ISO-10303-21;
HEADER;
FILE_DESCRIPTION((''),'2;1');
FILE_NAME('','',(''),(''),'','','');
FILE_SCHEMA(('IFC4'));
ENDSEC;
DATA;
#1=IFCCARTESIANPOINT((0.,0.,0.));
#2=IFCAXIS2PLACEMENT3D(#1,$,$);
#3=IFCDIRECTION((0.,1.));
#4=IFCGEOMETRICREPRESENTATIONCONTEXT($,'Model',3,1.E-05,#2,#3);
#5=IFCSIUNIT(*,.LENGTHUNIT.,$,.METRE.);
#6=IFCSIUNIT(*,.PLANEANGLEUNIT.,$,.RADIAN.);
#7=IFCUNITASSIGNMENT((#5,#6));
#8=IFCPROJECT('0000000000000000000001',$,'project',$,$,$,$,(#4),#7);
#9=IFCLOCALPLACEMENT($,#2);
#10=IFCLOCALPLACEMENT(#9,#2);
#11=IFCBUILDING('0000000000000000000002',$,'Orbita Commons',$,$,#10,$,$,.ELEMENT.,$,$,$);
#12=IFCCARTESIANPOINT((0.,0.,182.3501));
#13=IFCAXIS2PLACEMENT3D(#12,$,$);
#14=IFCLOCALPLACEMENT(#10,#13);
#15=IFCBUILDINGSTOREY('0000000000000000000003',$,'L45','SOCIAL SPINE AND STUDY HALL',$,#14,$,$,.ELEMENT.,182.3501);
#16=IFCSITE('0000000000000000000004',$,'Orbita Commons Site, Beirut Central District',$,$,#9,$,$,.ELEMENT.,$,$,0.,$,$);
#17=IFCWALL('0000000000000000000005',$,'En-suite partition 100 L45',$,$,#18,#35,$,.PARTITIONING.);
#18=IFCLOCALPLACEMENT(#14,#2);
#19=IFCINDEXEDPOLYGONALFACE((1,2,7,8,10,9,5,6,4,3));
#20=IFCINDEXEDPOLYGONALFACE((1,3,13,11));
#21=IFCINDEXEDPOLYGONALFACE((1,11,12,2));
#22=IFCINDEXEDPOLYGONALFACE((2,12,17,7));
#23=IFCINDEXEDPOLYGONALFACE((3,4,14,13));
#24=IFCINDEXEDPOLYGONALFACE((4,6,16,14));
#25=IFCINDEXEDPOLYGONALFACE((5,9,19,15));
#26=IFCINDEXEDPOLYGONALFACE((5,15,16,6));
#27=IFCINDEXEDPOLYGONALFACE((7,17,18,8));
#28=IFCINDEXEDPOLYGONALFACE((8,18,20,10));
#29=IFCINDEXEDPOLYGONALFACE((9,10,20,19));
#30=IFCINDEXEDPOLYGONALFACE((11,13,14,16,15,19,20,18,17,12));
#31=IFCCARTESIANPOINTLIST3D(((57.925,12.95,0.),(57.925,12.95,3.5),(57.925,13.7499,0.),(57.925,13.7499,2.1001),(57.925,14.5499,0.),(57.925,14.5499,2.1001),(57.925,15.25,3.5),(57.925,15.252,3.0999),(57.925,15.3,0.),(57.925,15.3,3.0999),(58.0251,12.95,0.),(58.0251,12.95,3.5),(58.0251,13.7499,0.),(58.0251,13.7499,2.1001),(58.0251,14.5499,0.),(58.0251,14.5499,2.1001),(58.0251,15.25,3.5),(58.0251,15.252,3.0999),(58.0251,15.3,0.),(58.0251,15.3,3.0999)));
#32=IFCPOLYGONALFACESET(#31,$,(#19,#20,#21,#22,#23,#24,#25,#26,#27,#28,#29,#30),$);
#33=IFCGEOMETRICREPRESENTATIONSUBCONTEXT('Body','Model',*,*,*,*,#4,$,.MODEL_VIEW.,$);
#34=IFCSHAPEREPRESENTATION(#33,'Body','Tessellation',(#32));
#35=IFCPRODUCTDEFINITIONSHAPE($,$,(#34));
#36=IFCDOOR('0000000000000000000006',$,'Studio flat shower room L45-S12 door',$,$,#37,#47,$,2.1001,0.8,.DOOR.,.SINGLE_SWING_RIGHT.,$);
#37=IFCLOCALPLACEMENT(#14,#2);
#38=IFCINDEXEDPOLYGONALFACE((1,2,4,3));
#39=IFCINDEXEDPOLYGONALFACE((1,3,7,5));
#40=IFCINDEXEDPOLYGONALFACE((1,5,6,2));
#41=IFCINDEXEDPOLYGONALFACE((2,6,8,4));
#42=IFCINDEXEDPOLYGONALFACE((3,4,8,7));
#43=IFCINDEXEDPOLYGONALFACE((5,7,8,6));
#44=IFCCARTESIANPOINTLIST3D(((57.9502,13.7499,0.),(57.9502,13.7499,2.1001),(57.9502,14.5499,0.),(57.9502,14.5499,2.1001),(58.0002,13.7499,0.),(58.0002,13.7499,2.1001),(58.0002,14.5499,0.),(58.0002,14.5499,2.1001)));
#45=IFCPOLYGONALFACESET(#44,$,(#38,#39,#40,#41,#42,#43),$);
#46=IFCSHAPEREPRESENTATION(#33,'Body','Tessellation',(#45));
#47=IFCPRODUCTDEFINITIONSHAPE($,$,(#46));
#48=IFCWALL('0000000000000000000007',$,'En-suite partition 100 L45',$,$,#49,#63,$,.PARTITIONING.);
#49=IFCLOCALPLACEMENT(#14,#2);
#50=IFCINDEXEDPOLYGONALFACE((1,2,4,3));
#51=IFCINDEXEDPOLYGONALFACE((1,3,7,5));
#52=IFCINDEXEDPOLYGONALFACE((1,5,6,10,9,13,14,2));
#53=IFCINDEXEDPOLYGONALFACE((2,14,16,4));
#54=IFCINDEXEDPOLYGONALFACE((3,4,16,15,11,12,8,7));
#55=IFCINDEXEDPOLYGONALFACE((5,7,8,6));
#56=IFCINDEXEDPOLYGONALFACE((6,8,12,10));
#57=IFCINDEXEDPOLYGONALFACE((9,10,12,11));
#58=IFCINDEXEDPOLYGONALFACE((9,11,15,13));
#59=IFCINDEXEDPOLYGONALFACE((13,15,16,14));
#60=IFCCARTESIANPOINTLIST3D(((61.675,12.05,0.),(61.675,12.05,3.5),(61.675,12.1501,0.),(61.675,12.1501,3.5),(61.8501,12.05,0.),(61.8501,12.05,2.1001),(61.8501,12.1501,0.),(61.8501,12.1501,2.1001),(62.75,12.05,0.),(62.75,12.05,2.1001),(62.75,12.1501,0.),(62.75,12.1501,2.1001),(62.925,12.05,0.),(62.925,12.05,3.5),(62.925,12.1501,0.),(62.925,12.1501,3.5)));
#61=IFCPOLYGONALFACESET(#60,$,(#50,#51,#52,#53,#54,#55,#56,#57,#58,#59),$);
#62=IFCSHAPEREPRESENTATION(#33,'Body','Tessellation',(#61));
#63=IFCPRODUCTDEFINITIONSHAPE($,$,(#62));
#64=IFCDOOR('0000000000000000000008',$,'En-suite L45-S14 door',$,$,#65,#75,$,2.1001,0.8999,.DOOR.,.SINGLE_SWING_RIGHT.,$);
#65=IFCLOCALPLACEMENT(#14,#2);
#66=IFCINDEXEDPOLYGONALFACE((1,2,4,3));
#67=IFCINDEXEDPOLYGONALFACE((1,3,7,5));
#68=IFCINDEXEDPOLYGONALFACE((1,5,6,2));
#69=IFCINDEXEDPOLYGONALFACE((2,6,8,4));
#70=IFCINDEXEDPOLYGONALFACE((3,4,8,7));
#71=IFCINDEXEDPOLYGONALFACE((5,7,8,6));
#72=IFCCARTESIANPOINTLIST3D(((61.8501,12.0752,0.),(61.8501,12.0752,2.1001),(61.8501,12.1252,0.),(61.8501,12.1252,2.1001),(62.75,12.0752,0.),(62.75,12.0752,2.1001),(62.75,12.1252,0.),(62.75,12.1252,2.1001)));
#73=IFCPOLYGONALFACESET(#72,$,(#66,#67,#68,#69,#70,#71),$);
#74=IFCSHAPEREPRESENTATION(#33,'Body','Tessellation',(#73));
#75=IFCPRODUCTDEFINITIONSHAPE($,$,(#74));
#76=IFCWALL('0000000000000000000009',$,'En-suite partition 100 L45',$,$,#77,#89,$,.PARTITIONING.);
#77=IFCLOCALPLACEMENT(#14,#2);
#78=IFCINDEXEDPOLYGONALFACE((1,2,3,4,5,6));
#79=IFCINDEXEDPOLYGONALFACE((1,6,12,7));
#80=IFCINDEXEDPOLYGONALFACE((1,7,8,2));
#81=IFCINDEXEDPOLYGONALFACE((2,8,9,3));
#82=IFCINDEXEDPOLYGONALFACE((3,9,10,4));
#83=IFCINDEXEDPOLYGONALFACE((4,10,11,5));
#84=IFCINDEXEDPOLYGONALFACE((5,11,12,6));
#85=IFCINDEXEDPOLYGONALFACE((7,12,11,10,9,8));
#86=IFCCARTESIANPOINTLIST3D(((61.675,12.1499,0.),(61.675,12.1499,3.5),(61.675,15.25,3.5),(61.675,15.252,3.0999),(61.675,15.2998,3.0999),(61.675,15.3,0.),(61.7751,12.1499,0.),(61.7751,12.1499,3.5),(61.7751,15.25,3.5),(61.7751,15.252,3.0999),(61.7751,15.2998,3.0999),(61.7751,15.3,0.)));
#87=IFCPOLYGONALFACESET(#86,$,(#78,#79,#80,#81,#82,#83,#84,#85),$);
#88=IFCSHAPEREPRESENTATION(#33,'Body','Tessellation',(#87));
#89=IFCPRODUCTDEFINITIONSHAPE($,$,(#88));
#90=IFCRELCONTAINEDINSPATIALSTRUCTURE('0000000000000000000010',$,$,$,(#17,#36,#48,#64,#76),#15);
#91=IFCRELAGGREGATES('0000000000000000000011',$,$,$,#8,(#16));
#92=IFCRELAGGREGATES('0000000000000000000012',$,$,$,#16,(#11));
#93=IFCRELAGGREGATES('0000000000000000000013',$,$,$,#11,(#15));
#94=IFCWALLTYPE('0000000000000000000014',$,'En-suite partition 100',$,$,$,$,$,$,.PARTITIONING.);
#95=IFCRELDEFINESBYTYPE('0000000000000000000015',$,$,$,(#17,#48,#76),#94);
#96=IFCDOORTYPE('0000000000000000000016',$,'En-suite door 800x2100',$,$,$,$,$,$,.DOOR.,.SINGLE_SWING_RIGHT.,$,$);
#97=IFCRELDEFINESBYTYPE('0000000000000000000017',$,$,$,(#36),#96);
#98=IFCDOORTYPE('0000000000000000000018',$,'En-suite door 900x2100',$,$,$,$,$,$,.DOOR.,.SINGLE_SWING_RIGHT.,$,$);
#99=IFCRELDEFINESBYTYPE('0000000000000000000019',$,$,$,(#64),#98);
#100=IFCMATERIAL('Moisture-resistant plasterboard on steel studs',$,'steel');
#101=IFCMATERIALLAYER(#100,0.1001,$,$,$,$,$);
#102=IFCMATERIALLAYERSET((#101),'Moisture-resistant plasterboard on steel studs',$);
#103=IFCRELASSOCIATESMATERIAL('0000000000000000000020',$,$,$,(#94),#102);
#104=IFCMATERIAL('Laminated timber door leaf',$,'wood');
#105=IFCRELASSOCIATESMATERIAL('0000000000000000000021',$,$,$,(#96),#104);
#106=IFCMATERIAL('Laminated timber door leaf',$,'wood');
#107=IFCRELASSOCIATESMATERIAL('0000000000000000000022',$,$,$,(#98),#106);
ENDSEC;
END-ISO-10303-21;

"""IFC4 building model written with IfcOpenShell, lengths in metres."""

from ifc_helpers import new_model, si_unit, direction, frame, frame_2d, origin, place, context, subcontext, project, spatial, polyline, rectangle, outline, extrude, material, layer, layer_set, type_object, element, fill, save


model = new_model("IFC4")

# Units and contexts
model_context = context("Model", 3, precision=1e-05, world=origin(), true_north=direction((0.0, 1.0)))
body_context = subcontext(model_context, "Body", "Model", "MODEL_VIEW")
ifc_project = project(units=[si_unit("LENGTHUNIT", "METRE"), si_unit("PLANEANGLEUNIT", "RADIAN")], contexts=[model_context])

# Site, building, storey
site_placement = place(None, origin())
site = spatial("IfcSite", under=ifc_project, at=site_placement, Name="Orbita Commons Site, Beirut Central District", CompositionType="ELEMENT", RefElevation=0.0)
building_placement = place(site_placement, origin())
building = spatial("IfcBuilding", under=site, at=building_placement, Name="Orbita Commons", CompositionType="ELEMENT")
storey_placement = place(building_placement, frame((0.0, 0.0, 182.3501)))
storey = spatial("IfcBuildingStorey", under=building, at=storey_placement, Name="L45", Description="SOCIAL SPINE AND STUDY HALL", CompositionType="ELEMENT", Elevation=182.3501)

# Walls, openings, doors
ifc_material_1 = material(Name="Moisture-resistant plasterboard on steel studs", Category="steel")
ifc_layer_1 = layer(ifc_material_1, 0.1001)
ifc_layer_set_1 = layer_set([ifc_layer_1], Name="Moisture-resistant plasterboard on steel studs")
wall_type_1 = type_object("IfcWallType", Name="En-suite partition 100", PredefinedType="PARTITIONING", material=ifc_layer_set_1)
ifc_material_2 = material(Name="Laminated timber door leaf", Category="wood")
door_type_1 = type_object("IfcDoorType", Name="En-suite door 800x2100", OperationType="SINGLE_SWING_RIGHT", PredefinedType="DOOR", material=ifc_material_2)
wall_1_placement = place(storey_placement, frame((57.9751, 12.95, 0.0), z_axis=(0.0, 0.0, 1.0), x_axis=(0.0, 1.0, 0.0)))
wall_1 = element("IfcWall", 1, at=wall_1_placement, inside=storey, type_object=wall_type_1, Name="En-suite partition 100 L45", PredefinedType="PARTITIONING", context=body_context, shape_type="SweptSolid", body=[
    extrude(outline(polyline([(0.0, 0.0), (2.3501, 0.0), (2.3501, 3.0999), (2.302, 3.0999), (2.3, 3.5), (0.0, 3.5), (0.0, 0.0)])), frame((0.0, 0.05, 0.0), z_axis=(0.0, -1.0, 0.0), x_axis=(1.0, 0.0, 0.0)), (0.0, 0.0, 1.0), 0.1001),
])
opening_1_placement = place(wall_1_placement, frame((0.8, 0.0, 0.0)))
opening_1 = element("IfcOpeningElement", 2, at=opening_1_placement, cuts=wall_1, PredefinedType="OPENING", context=body_context, shape_type="SweptSolid", body=[
    extrude(rectangle(XDim=0.8, YDim=2.1001, at=frame_2d((0.3999, 1.05))), frame((0.0, 0.0601, 0.0), z_axis=(0.0, -1.0, 0.0), x_axis=(1.0, 0.0, 0.0)), (0.0, 0.0, 1.0), 0.1201),
])
door_1_placement = place(opening_1_placement, origin())
door_1 = element("IfcDoor", 3, at=door_1_placement, inside=storey, type_object=door_type_1, Name="Studio flat shower room L45-S12 door", OperationType="SINGLE_SWING_RIGHT", OverallHeight=2.1001, OverallWidth=0.8, PredefinedType="DOOR", context=body_context, shape_type="SweptSolid", body=[
    extrude(rectangle(XDim=0.8, YDim=2.1001, at=frame_2d((0.3999, 1.05))), frame((0.0, 0.0249, 0.0), z_axis=(0.0, -1.0, 0.0), x_axis=(1.0, 0.0, 0.0)), (0.0, 0.0, 1.0), 0.05),
])
fill(opening_1, door_1)
wall_2_placement = place(storey_placement, frame((62.925, 12.1001, 0.0), z_axis=(0.0, 0.0, 1.0), x_axis=(-1.0, 0.0, 0.0)))
wall_2 = element("IfcWall", 4, at=wall_2_placement, inside=storey, type_object=wall_type_1, Name="En-suite partition 100 L45", PredefinedType="PARTITIONING", context=body_context, shape_type="SweptSolid", body=[
    extrude(rectangle(XDim=1.25, YDim=0.1001, at=frame_2d((0.625, 0.0))), origin(), (0.0, 0.0, 1.0), 3.5),
])
opening_2_placement = place(wall_2_placement, frame((0.175, 0.0, 0.0)))
opening_2 = element("IfcOpeningElement", 5, at=opening_2_placement, cuts=wall_2, PredefinedType="OPENING", context=body_context, shape_type="SweptSolid", body=[
    extrude(rectangle(XDim=0.8999, YDim=2.1001, at=frame_2d((0.45, 1.05))), frame((0.0, 0.0601, 0.0), z_axis=(0.0, -1.0, 0.0), x_axis=(1.0, 0.0, 0.0)), (0.0, 0.0, 1.0), 0.1201),
])
ifc_material_3 = material(Name="Laminated timber door leaf", Category="wood")
door_type_2 = type_object("IfcDoorType", Name="En-suite door 900x2100", OperationType="SINGLE_SWING_RIGHT", PredefinedType="DOOR", material=ifc_material_3)
door_2_placement = place(opening_2_placement, origin())
door_2 = element("IfcDoor", 6, at=door_2_placement, inside=storey, type_object=door_type_2, Name="En-suite L45-S14 door", OperationType="SINGLE_SWING_RIGHT", OverallHeight=2.1001, OverallWidth=0.8999, PredefinedType="DOOR", context=body_context, shape_type="SweptSolid", body=[
    extrude(rectangle(XDim=0.8999, YDim=2.1001, at=frame_2d((0.45, 1.05))), frame((0.0, 0.0249, 0.0), z_axis=(0.0, -1.0, 0.0), x_axis=(1.0, 0.0, 0.0)), (0.0, 0.0, 1.0), 0.05),
])
fill(opening_2, door_2)

# Wall
wall_3_placement = place(storey_placement, frame((61.7251, 12.1499, 0.0), z_axis=(0.0, 0.0, 1.0), x_axis=(0.0, 1.0, 0.0)))
element("IfcWall", 7, at=wall_3_placement, inside=storey, type_object=wall_type_1, Name="En-suite partition 100 L45", PredefinedType="PARTITIONING", context=body_context, shape_type="SweptSolid", body=[
    extrude(outline(polyline([(0.0, 0.0), (3.1501, 0.0), (3.1499, 3.0999), (3.1021, 3.0999), (3.1001, 3.5), (0.0, 3.5), (0.0, 0.0)])), frame((0.0, 0.05, 0.0), z_axis=(0.0, -1.0, 0.0), x_axis=(1.0, 0.0, 0.0)), (0.0, 0.0, 1.0), 0.1001),
])

save(model, "model.ifc")
